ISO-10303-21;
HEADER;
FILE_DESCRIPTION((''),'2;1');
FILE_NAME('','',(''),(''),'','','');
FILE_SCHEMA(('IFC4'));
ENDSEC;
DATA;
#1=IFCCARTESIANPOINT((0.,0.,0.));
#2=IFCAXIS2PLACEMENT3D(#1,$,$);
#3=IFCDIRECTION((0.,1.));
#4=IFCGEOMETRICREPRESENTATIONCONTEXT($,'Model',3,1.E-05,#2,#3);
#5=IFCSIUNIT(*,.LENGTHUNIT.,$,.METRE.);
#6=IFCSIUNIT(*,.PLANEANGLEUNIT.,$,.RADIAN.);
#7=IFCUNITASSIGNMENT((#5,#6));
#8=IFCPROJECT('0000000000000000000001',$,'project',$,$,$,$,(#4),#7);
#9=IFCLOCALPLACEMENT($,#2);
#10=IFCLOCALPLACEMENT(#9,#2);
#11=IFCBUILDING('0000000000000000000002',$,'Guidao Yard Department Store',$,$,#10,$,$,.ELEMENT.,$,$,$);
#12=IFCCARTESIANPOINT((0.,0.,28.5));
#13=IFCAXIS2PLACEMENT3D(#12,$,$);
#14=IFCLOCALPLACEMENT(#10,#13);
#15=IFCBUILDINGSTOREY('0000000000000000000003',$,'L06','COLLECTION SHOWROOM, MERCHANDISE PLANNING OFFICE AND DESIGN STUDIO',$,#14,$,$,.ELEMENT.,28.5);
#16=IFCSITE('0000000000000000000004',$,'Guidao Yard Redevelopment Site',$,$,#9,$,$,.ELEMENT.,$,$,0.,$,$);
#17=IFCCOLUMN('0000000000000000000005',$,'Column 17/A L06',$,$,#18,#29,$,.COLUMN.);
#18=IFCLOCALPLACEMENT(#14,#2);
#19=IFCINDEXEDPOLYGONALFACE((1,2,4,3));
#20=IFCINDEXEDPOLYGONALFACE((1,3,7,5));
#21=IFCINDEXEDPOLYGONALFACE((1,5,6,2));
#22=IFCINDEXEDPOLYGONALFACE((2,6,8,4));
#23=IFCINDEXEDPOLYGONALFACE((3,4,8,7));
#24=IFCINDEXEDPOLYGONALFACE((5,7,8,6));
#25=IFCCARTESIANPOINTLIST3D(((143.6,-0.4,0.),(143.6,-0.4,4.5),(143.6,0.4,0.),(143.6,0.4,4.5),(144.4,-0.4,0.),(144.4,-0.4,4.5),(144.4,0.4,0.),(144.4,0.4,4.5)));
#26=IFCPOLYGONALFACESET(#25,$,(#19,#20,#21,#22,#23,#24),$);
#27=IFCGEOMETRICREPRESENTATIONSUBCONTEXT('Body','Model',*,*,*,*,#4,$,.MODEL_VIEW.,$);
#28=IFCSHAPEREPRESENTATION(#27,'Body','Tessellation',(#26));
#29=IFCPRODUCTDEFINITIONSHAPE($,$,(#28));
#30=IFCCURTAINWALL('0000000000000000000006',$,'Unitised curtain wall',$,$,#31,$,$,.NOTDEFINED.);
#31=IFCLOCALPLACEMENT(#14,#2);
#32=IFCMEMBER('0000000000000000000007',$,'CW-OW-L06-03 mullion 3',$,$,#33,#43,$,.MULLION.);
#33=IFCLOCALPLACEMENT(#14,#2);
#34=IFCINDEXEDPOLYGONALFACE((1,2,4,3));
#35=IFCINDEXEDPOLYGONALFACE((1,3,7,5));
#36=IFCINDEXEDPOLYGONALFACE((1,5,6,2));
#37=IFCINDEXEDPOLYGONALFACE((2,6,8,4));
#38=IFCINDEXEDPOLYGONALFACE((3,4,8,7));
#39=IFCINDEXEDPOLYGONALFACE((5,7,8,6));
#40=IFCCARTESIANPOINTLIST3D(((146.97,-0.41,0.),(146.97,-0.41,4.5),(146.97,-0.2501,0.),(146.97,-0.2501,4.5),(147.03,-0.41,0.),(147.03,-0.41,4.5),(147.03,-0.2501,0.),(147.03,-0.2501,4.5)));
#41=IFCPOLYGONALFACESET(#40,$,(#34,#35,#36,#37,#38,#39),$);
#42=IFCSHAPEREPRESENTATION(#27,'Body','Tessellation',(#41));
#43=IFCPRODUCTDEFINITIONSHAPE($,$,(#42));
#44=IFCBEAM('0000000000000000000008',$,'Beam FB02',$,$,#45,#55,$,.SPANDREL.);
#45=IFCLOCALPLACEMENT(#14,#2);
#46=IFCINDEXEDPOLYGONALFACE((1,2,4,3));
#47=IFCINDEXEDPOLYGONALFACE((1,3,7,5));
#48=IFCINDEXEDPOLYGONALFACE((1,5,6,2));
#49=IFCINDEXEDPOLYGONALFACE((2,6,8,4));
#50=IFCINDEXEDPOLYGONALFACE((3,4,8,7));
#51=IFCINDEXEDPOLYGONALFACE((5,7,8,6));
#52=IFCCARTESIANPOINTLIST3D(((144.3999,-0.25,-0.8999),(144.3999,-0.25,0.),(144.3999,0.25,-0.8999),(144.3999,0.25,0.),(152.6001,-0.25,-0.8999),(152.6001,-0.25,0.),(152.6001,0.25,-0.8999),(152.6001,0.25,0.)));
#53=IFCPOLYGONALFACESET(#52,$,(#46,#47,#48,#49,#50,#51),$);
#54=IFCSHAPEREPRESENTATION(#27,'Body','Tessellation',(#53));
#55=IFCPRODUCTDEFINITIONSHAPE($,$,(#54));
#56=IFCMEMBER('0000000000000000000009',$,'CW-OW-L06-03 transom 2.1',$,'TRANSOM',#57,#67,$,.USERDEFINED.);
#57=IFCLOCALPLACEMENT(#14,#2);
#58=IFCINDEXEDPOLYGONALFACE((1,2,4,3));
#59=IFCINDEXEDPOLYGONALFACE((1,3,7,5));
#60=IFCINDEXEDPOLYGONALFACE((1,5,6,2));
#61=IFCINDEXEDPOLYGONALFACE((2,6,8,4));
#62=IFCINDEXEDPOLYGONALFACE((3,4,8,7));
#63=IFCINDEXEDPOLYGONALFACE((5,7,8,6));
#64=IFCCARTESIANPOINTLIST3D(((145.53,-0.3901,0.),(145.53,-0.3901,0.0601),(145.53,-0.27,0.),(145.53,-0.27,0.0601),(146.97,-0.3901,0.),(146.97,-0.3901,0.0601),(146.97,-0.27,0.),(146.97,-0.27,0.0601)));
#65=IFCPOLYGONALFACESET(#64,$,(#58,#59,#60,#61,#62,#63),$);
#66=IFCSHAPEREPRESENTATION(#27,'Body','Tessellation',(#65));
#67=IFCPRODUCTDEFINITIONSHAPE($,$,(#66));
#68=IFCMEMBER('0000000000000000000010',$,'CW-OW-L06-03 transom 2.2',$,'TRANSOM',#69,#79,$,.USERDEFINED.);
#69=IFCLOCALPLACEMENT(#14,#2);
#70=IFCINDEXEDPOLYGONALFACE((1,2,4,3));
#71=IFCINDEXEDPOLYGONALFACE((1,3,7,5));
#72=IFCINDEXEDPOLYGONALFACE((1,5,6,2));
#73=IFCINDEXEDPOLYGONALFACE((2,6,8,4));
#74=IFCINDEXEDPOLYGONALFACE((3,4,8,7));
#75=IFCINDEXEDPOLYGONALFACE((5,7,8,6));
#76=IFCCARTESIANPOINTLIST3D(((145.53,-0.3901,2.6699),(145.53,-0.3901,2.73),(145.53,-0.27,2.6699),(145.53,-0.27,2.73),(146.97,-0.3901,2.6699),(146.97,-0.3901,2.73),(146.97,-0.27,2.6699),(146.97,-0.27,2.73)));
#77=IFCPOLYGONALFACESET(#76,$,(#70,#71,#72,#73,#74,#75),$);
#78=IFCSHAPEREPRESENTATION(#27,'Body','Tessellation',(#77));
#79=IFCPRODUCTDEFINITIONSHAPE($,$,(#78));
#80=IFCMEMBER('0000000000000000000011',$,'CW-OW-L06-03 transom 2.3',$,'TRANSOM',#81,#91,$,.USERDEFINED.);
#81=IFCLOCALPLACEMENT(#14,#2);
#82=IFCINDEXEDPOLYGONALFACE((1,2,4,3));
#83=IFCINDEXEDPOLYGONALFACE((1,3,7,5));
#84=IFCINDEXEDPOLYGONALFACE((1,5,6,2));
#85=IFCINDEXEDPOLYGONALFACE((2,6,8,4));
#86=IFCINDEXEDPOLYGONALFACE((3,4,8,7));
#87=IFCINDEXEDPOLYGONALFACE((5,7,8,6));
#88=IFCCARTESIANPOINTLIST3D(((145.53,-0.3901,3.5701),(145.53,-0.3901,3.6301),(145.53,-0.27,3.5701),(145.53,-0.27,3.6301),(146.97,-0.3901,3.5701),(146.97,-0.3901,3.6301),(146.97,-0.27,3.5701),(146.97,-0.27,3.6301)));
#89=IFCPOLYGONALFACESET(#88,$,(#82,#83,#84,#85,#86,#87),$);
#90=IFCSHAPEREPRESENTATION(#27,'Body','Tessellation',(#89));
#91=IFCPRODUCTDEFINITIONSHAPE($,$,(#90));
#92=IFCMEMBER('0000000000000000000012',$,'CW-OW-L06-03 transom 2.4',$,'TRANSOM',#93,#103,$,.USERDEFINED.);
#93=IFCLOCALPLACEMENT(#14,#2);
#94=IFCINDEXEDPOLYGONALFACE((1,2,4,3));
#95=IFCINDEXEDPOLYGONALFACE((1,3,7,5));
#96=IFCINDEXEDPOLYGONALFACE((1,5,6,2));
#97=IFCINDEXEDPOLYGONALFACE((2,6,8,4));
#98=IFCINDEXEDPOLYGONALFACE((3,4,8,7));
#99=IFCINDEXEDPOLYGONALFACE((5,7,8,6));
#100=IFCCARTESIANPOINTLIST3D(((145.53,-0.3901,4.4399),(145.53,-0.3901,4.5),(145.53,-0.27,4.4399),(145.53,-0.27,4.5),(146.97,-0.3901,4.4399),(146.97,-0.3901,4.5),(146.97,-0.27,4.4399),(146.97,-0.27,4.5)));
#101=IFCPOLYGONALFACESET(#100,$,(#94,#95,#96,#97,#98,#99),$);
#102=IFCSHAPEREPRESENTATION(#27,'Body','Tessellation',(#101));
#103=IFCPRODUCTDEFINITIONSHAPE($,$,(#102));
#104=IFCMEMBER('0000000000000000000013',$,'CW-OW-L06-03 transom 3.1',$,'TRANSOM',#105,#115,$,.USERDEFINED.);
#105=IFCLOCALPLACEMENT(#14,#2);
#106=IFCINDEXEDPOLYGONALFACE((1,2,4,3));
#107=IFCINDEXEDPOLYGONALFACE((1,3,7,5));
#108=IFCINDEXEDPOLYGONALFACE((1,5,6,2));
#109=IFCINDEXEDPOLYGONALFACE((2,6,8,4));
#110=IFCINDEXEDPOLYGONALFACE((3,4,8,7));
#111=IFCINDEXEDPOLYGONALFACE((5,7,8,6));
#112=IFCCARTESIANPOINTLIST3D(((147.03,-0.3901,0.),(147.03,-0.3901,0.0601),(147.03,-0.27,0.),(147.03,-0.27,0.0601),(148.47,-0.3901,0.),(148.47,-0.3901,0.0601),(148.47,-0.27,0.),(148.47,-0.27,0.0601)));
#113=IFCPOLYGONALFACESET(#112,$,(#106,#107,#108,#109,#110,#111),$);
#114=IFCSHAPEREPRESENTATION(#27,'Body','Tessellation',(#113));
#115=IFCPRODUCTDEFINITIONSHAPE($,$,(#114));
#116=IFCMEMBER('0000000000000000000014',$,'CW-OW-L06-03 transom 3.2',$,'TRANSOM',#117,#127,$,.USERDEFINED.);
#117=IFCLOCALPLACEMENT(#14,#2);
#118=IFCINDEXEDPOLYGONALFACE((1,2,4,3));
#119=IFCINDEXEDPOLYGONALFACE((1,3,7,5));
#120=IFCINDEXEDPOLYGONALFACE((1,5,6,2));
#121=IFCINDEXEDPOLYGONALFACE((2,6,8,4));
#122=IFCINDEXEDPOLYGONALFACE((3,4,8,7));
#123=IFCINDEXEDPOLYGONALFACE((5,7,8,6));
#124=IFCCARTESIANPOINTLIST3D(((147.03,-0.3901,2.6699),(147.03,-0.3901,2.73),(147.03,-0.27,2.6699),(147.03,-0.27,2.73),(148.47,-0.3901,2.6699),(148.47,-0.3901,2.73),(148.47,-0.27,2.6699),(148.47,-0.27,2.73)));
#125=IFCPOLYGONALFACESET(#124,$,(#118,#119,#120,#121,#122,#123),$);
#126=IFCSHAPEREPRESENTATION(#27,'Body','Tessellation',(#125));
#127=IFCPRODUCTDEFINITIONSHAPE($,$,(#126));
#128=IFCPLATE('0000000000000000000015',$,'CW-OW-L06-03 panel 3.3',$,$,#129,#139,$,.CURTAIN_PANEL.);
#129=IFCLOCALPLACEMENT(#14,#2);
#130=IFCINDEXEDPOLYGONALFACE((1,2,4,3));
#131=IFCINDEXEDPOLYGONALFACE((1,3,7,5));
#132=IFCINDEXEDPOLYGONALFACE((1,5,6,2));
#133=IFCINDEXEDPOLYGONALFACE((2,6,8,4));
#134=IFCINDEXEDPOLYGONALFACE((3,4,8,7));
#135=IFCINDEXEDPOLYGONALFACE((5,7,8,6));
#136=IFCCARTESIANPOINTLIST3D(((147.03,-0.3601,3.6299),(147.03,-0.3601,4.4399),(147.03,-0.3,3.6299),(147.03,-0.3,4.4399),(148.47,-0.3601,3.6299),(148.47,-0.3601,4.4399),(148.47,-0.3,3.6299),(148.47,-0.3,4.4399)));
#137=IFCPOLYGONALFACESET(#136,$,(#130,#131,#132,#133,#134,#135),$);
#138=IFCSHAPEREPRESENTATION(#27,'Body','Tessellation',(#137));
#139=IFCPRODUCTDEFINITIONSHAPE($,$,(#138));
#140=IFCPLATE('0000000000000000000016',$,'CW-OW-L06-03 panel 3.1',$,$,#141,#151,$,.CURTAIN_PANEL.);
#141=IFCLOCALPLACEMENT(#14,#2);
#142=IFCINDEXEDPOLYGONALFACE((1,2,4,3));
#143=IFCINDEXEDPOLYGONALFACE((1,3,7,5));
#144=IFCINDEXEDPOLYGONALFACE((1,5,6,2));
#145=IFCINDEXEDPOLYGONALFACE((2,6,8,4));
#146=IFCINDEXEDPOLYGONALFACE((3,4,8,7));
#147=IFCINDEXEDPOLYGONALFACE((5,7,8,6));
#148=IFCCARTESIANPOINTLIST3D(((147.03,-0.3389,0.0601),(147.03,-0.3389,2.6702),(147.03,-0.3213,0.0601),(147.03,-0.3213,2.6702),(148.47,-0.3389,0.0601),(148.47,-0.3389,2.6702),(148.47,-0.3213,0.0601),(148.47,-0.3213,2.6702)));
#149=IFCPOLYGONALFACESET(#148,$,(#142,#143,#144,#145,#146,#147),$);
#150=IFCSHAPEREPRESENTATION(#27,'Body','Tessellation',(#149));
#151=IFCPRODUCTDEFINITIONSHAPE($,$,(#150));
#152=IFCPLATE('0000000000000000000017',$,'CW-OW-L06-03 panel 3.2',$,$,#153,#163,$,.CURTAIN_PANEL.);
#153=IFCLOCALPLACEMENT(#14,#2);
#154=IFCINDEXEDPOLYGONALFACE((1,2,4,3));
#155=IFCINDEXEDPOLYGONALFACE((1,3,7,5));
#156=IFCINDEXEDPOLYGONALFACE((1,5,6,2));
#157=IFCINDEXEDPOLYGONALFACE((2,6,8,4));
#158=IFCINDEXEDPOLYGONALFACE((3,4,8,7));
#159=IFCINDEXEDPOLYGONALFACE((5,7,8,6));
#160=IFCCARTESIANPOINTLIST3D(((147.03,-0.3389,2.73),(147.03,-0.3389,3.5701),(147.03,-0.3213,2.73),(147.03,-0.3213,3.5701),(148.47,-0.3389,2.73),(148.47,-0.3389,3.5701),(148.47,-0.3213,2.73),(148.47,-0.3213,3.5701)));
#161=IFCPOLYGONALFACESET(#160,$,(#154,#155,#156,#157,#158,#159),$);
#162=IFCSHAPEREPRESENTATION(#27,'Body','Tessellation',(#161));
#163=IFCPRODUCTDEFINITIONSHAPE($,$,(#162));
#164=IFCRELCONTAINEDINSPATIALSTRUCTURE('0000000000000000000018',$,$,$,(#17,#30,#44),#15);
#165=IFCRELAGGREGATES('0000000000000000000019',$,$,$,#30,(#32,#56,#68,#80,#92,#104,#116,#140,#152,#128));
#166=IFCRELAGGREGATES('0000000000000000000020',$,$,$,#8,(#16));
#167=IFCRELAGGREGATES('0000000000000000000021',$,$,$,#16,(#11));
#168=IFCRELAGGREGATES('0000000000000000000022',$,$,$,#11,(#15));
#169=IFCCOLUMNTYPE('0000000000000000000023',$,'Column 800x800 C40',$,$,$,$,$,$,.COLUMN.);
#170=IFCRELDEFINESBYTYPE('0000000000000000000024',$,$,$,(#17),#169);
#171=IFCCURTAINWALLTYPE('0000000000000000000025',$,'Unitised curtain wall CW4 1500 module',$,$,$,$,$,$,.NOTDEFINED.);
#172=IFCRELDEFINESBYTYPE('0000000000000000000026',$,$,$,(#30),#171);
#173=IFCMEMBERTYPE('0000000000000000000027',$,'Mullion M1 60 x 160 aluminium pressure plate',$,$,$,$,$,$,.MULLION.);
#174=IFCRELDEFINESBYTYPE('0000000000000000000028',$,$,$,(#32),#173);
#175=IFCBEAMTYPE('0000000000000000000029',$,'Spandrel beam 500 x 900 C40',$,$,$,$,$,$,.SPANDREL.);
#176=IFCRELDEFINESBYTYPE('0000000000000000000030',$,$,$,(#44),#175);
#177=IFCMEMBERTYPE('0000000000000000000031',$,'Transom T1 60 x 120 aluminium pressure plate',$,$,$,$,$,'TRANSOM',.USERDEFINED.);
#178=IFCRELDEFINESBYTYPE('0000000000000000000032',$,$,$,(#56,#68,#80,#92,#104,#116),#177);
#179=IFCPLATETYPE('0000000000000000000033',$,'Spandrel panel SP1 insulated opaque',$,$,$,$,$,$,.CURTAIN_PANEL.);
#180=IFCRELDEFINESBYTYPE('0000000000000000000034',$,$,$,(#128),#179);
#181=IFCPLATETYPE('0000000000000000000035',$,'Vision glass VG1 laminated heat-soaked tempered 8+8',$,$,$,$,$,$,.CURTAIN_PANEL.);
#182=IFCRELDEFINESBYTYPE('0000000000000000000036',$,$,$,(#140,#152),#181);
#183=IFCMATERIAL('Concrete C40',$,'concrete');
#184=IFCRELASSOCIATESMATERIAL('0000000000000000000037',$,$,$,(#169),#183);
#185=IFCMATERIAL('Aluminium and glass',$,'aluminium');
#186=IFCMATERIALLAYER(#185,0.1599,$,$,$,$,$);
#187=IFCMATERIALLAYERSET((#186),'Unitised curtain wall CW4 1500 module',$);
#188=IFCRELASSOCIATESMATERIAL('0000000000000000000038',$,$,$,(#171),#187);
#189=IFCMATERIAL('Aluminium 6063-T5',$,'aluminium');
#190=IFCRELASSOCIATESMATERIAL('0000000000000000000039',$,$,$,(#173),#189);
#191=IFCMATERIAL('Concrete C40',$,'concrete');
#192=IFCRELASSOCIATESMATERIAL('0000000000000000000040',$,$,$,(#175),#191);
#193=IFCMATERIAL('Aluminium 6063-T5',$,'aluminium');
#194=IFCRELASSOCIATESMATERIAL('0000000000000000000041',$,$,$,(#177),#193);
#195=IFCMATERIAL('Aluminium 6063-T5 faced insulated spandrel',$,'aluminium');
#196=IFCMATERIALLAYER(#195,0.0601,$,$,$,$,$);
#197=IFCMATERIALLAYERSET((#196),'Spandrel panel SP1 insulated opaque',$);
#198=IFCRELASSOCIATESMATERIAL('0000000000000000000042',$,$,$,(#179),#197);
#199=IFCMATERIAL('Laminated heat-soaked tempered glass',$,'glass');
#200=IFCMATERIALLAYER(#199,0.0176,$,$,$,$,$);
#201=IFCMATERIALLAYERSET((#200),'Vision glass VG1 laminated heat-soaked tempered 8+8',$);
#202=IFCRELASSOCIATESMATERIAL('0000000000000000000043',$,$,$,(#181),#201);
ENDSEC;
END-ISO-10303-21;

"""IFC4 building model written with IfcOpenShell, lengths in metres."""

from ifc_helpers import new_model, si_unit, direction, frame, origin, origin_2d, place, context, subcontext, project, spatial, rectangle, extrude, material, layer, layer_set, material_profile, profile_set, type_object, element, aggregate, save


model = new_model("IFC4")

# Units and contexts
model_context = context("Model", 3, precision=1e-05, world=origin(), true_north=direction((0.0, 1.0)))
body_context = subcontext(model_context, "Body", "Model", "MODEL_VIEW")
ifc_project = project(units=[si_unit("LENGTHUNIT", "METRE"), si_unit("PLANEANGLEUNIT", "RADIAN")], contexts=[model_context])

# Site, building, storey
site_placement = place(None, origin())
site = spatial("IfcSite", under=ifc_project, at=site_placement, Name="Guidao Yard Redevelopment Site", CompositionType="ELEMENT", RefElevation=0.0)
building_placement = place(site_placement, origin())
building = spatial("IfcBuilding", under=site, at=building_placement, Name="Guidao Yard Department Store", CompositionType="ELEMENT")
storey_placement = place(building_placement, frame((0.0, 0.0, 28.5)))
storey = spatial("IfcBuildingStorey", under=building, at=storey_placement, Name="L06", Description="COLLECTION SHOWROOM, MERCHANDISE PLANNING OFFICE AND DESIGN STUDIO", CompositionType="ELEMENT", Elevation=28.5)

# Column
ifc_material_1 = material(Name="Concrete C40", Category="concrete")
ifc_material_profile_1 = material_profile(ifc_material_1, rectangle(XDim=0.8, YDim=0.8, at=origin_2d()), Name="COL 800x800")
ifc_profile_set_1 = profile_set([ifc_material_profile_1], Name="Concrete C40")
column_type = type_object("IfcColumnType", Name="Column 800x800 C40", PredefinedType="COLUMN", material=ifc_profile_set_1)
column_placement = place(storey_placement, frame((144.0, 0.0, 0.0), z_axis=(0.0, 0.0, 1.0), x_axis=(1.0, 0.0, 0.0)))
element("IfcColumn", 1, at=column_placement, inside=storey, type_object=column_type, Name="Column 17/A L06", PredefinedType="COLUMN", context=body_context, shape_type="SweptSolid", body=[
    extrude(rectangle(XDim=0.8, YDim=0.8, at=origin_2d()), origin(), (0.0, 0.0, 1.0), 4.5),
])

# Curtain wall, member
ifc_material_2 = material(Name="Aluminium and glass", Category="aluminium")
ifc_layer_1 = layer(ifc_material_2, 0.1599)
ifc_layer_set_1 = layer_set([ifc_layer_1], Name="Unitised curtain wall CW4 1500 module")
curtain_wall_type = type_object("IfcCurtainWallType", Name="Unitised curtain wall CW4 1500 module", PredefinedType="NOTDEFINED", material=ifc_layer_set_1)
curtain_wall_placement = place(storey_placement, origin())
curtain_wall = element("IfcCurtainWall", 2, at=curtain_wall_placement, inside=storey, type_object=curtain_wall_type, Name="Unitised curtain wall", PredefinedType="NOTDEFINED")
ifc_material_3 = material(Name="Aluminium 6063-T5", Category="aluminium")
ifc_material_profile_2 = material_profile(ifc_material_3, rectangle(XDim=0.0601, YDim=0.1599, at=origin_2d()), Name="Mullion M1 60 x 160 aluminium pressure plate")
ifc_profile_set_2 = profile_set([ifc_material_profile_2], Name="Aluminium 6063-T5")
member_type_1 = type_object("IfcMemberType", Name="Mullion M1 60 x 160 aluminium pressure plate", PredefinedType="MULLION", material=ifc_profile_set_2)
member_1_placement = place(storey_placement, frame((147.0, -0.3301, 0.0), z_axis=(0.0, 0.0, 1.0), x_axis=(-1.0, 0.0, 0.0)))
member_1 = element("IfcMember", 3, at=member_1_placement, type_object=member_type_1, Name="CW-OW-L06-03 mullion 3", PredefinedType="MULLION", context=body_context, shape_type="SweptSolid", body=[
    extrude(rectangle(XDim=0.0601, YDim=0.1599, at=origin_2d()), origin(), (0.0, 0.0, 1.0), 4.5),
])

# Beam
ifc_material_4 = material(Name="Concrete C40", Category="concrete")
ifc_material_profile_3 = material_profile(ifc_material_4, rectangle(XDim=0.5, YDim=0.8999, at=origin_2d()), Name="Spandrel beam 500 x 900 C40")
ifc_profile_set_3 = profile_set([ifc_material_profile_3], Name="Concrete C40")
beam_type = type_object("IfcBeamType", Name="Spandrel beam 500 x 900 C40", PredefinedType="SPANDREL", material=ifc_profile_set_3)
beam_placement = place(storey_placement, frame((144.3999, 0.0, -0.45), z_axis=(1.0, 0.0, 0.0), x_axis=(0.0, 1.0, 0.0)))
element("IfcBeam", 4, at=beam_placement, inside=storey, type_object=beam_type, Name="Beam FB02", PredefinedType="SPANDREL", context=body_context, shape_type="SweptSolid", body=[
    extrude(rectangle(XDim=0.5, YDim=0.8999, at=origin_2d()), origin(), (0.0, 0.0, 1.0), 8.2002),
])

# Members
ifc_material_5 = material(Name="Aluminium 6063-T5", Category="aluminium")
ifc_material_profile_4 = material_profile(ifc_material_5, rectangle(XDim=0.1201, YDim=0.0601, at=origin_2d()), Name="Transom T1 60 x 120 aluminium pressure plate")
ifc_profile_set_4 = profile_set([ifc_material_profile_4], Name="Aluminium 6063-T5")
member_type_2 = type_object("IfcMemberType", Name="Transom T1 60 x 120 aluminium pressure plate", ElementType="TRANSOM", PredefinedType="USERDEFINED", material=ifc_profile_set_4)
member_2_placement = place(storey_placement, frame((146.97, -0.3301, 0.03), z_axis=(-1.0, 0.0, 0.0), x_axis=(0.0, -1.0, 0.0)))
member_2 = element("IfcMember", 5, at=member_2_placement, type_object=member_type_2, Name="CW-OW-L06-03 transom 2.1", ObjectType="TRANSOM", PredefinedType="USERDEFINED", context=body_context, shape_type="SweptSolid", body=[
    extrude(rectangle(XDim=0.1201, YDim=0.0601, at=origin_2d()), origin(), (0.0, 0.0, 1.0), 1.4399),
])
member_3_placement = place(storey_placement, frame((146.97, -0.3301, 2.7), z_axis=(-1.0, 0.0, 0.0), x_axis=(0.0, -1.0, 0.0)))
member_3 = element("IfcMember", 6, at=member_3_placement, type_object=member_type_2, Name="CW-OW-L06-03 transom 2.2", ObjectType="TRANSOM", PredefinedType="USERDEFINED", context=body_context, shape_type="SweptSolid", body=[
    extrude(rectangle(XDim=0.1201, YDim=0.0601, at=origin_2d()), origin(), (0.0, 0.0, 1.0), 1.4399),
])
member_4_placement = place(storey_placement, frame((146.97, -0.3301, 3.6001), z_axis=(-1.0, 0.0, 0.0), x_axis=(0.0, -1.0, 0.0)))
member_4 = element("IfcMember", 7, at=member_4_placement, type_object=member_type_2, Name="CW-OW-L06-03 transom 2.3", ObjectType="TRANSOM", PredefinedType="USERDEFINED", context=body_context, shape_type="SweptSolid", body=[
    extrude(rectangle(XDim=0.1201, YDim=0.0601, at=origin_2d()), origin(), (0.0, 0.0, 1.0), 1.4399),
])
member_5_placement = place(storey_placement, frame((146.97, -0.3301, 4.47), z_axis=(-1.0, 0.0, 0.0), x_axis=(0.0, -1.0, 0.0)))
member_5 = element("IfcMember", 8, at=member_5_placement, type_object=member_type_2, Name="CW-OW-L06-03 transom 2.4", ObjectType="TRANSOM", PredefinedType="USERDEFINED", context=body_context, shape_type="SweptSolid", body=[
    extrude(rectangle(XDim=0.1201, YDim=0.0601, at=origin_2d()), origin(), (0.0, 0.0, 1.0), 1.4399),
])
member_6_placement = place(storey_placement, frame((148.47, -0.3301, 0.03), z_axis=(-1.0, 0.0, 0.0), x_axis=(0.0, -1.0, 0.0)))
member_6 = element("IfcMember", 9, at=member_6_placement, type_object=member_type_2, Name="CW-OW-L06-03 transom 3.1", ObjectType="TRANSOM", PredefinedType="USERDEFINED", context=body_context, shape_type="SweptSolid", body=[
    extrude(rectangle(XDim=0.1201, YDim=0.0601, at=origin_2d()), origin(), (0.0, 0.0, 1.0), 1.4399),
])
member_7_placement = place(storey_placement, frame((148.47, -0.3301, 2.7), z_axis=(-1.0, 0.0, 0.0), x_axis=(0.0, -1.0, 0.0)))
member_7 = element("IfcMember", 10, at=member_7_placement, type_object=member_type_2, Name="CW-OW-L06-03 transom 3.2", ObjectType="TRANSOM", PredefinedType="USERDEFINED", context=body_context, shape_type="SweptSolid", body=[
    extrude(rectangle(XDim=0.1201, YDim=0.0601, at=origin_2d()), origin(), (0.0, 0.0, 1.0), 1.4399),
])

# Plates
ifc_material_6 = material(Name="Aluminium 6063-T5 faced insulated spandrel", Category="aluminium")
ifc_layer_2 = layer(ifc_material_6, 0.0601)
ifc_layer_set_2 = layer_set([ifc_layer_2], Name="Spandrel panel SP1 insulated opaque")
plate_type_1 = type_object("IfcPlateType", Name="Spandrel panel SP1 insulated opaque", PredefinedType="CURTAIN_PANEL", material=ifc_layer_set_2)
plate_1_placement = place(storey_placement, frame((147.75, -0.3301, 3.6299), z_axis=(0.0, 0.0, 1.0), x_axis=(-1.0, 0.0, 0.0)))
plate_1 = element("IfcPlate", 11, at=plate_1_placement, type_object=plate_type_1, Name="CW-OW-L06-03 panel 3.3", PredefinedType="CURTAIN_PANEL", context=body_context, shape_type="SweptSolid", body=[
    extrude(rectangle(XDim=1.4399, YDim=0.0601, at=origin_2d()), origin(), (0.0, 0.0, 1.0), 0.8101),
])
ifc_material_7 = material(Name="Laminated heat-soaked tempered glass", Category="glass")
ifc_layer_3 = layer(ifc_material_7, 0.0176)
ifc_layer_set_3 = layer_set([ifc_layer_3], Name="Vision glass VG1 laminated heat-soaked tempered 8+8")
plate_type_2 = type_object("IfcPlateType", Name="Vision glass VG1 laminated heat-soaked tempered 8+8", PredefinedType="CURTAIN_PANEL", material=ifc_layer_set_3)
plate_2_placement = place(storey_placement, frame((147.75, -0.3301, 0.0601), z_axis=(0.0, 0.0, 1.0), x_axis=(-1.0, 0.0, 0.0)))
plate_2 = element("IfcPlate", 12, at=plate_2_placement, type_object=plate_type_2, Name="CW-OW-L06-03 panel 3.1", PredefinedType="CURTAIN_PANEL", context=body_context, shape_type="SweptSolid", body=[
    extrude(rectangle(XDim=1.4399, YDim=0.0176, at=origin_2d()), origin(), (0.0, 0.0, 1.0), 2.6101),
])
plate_3_placement = place(storey_placement, frame((147.75, -0.3301, 2.73), z_axis=(0.0, 0.0, 1.0), x_axis=(-1.0, 0.0, 0.0)))
plate_3 = element("IfcPlate", 13, at=plate_3_placement, type_object=plate_type_2, Name="CW-OW-L06-03 panel 3.2", PredefinedType="CURTAIN_PANEL", context=body_context, shape_type="SweptSolid", body=[
    extrude(rectangle(XDim=1.4399, YDim=0.0176, at=origin_2d()), origin(), (0.0, 0.0, 1.0), 0.8401),
])
aggregate(curtain_wall, [member_1, member_2, member_3, member_4, member_5, member_6, member_7, plate_2, plate_3, plate_1])

save(model, "model.ifc")
